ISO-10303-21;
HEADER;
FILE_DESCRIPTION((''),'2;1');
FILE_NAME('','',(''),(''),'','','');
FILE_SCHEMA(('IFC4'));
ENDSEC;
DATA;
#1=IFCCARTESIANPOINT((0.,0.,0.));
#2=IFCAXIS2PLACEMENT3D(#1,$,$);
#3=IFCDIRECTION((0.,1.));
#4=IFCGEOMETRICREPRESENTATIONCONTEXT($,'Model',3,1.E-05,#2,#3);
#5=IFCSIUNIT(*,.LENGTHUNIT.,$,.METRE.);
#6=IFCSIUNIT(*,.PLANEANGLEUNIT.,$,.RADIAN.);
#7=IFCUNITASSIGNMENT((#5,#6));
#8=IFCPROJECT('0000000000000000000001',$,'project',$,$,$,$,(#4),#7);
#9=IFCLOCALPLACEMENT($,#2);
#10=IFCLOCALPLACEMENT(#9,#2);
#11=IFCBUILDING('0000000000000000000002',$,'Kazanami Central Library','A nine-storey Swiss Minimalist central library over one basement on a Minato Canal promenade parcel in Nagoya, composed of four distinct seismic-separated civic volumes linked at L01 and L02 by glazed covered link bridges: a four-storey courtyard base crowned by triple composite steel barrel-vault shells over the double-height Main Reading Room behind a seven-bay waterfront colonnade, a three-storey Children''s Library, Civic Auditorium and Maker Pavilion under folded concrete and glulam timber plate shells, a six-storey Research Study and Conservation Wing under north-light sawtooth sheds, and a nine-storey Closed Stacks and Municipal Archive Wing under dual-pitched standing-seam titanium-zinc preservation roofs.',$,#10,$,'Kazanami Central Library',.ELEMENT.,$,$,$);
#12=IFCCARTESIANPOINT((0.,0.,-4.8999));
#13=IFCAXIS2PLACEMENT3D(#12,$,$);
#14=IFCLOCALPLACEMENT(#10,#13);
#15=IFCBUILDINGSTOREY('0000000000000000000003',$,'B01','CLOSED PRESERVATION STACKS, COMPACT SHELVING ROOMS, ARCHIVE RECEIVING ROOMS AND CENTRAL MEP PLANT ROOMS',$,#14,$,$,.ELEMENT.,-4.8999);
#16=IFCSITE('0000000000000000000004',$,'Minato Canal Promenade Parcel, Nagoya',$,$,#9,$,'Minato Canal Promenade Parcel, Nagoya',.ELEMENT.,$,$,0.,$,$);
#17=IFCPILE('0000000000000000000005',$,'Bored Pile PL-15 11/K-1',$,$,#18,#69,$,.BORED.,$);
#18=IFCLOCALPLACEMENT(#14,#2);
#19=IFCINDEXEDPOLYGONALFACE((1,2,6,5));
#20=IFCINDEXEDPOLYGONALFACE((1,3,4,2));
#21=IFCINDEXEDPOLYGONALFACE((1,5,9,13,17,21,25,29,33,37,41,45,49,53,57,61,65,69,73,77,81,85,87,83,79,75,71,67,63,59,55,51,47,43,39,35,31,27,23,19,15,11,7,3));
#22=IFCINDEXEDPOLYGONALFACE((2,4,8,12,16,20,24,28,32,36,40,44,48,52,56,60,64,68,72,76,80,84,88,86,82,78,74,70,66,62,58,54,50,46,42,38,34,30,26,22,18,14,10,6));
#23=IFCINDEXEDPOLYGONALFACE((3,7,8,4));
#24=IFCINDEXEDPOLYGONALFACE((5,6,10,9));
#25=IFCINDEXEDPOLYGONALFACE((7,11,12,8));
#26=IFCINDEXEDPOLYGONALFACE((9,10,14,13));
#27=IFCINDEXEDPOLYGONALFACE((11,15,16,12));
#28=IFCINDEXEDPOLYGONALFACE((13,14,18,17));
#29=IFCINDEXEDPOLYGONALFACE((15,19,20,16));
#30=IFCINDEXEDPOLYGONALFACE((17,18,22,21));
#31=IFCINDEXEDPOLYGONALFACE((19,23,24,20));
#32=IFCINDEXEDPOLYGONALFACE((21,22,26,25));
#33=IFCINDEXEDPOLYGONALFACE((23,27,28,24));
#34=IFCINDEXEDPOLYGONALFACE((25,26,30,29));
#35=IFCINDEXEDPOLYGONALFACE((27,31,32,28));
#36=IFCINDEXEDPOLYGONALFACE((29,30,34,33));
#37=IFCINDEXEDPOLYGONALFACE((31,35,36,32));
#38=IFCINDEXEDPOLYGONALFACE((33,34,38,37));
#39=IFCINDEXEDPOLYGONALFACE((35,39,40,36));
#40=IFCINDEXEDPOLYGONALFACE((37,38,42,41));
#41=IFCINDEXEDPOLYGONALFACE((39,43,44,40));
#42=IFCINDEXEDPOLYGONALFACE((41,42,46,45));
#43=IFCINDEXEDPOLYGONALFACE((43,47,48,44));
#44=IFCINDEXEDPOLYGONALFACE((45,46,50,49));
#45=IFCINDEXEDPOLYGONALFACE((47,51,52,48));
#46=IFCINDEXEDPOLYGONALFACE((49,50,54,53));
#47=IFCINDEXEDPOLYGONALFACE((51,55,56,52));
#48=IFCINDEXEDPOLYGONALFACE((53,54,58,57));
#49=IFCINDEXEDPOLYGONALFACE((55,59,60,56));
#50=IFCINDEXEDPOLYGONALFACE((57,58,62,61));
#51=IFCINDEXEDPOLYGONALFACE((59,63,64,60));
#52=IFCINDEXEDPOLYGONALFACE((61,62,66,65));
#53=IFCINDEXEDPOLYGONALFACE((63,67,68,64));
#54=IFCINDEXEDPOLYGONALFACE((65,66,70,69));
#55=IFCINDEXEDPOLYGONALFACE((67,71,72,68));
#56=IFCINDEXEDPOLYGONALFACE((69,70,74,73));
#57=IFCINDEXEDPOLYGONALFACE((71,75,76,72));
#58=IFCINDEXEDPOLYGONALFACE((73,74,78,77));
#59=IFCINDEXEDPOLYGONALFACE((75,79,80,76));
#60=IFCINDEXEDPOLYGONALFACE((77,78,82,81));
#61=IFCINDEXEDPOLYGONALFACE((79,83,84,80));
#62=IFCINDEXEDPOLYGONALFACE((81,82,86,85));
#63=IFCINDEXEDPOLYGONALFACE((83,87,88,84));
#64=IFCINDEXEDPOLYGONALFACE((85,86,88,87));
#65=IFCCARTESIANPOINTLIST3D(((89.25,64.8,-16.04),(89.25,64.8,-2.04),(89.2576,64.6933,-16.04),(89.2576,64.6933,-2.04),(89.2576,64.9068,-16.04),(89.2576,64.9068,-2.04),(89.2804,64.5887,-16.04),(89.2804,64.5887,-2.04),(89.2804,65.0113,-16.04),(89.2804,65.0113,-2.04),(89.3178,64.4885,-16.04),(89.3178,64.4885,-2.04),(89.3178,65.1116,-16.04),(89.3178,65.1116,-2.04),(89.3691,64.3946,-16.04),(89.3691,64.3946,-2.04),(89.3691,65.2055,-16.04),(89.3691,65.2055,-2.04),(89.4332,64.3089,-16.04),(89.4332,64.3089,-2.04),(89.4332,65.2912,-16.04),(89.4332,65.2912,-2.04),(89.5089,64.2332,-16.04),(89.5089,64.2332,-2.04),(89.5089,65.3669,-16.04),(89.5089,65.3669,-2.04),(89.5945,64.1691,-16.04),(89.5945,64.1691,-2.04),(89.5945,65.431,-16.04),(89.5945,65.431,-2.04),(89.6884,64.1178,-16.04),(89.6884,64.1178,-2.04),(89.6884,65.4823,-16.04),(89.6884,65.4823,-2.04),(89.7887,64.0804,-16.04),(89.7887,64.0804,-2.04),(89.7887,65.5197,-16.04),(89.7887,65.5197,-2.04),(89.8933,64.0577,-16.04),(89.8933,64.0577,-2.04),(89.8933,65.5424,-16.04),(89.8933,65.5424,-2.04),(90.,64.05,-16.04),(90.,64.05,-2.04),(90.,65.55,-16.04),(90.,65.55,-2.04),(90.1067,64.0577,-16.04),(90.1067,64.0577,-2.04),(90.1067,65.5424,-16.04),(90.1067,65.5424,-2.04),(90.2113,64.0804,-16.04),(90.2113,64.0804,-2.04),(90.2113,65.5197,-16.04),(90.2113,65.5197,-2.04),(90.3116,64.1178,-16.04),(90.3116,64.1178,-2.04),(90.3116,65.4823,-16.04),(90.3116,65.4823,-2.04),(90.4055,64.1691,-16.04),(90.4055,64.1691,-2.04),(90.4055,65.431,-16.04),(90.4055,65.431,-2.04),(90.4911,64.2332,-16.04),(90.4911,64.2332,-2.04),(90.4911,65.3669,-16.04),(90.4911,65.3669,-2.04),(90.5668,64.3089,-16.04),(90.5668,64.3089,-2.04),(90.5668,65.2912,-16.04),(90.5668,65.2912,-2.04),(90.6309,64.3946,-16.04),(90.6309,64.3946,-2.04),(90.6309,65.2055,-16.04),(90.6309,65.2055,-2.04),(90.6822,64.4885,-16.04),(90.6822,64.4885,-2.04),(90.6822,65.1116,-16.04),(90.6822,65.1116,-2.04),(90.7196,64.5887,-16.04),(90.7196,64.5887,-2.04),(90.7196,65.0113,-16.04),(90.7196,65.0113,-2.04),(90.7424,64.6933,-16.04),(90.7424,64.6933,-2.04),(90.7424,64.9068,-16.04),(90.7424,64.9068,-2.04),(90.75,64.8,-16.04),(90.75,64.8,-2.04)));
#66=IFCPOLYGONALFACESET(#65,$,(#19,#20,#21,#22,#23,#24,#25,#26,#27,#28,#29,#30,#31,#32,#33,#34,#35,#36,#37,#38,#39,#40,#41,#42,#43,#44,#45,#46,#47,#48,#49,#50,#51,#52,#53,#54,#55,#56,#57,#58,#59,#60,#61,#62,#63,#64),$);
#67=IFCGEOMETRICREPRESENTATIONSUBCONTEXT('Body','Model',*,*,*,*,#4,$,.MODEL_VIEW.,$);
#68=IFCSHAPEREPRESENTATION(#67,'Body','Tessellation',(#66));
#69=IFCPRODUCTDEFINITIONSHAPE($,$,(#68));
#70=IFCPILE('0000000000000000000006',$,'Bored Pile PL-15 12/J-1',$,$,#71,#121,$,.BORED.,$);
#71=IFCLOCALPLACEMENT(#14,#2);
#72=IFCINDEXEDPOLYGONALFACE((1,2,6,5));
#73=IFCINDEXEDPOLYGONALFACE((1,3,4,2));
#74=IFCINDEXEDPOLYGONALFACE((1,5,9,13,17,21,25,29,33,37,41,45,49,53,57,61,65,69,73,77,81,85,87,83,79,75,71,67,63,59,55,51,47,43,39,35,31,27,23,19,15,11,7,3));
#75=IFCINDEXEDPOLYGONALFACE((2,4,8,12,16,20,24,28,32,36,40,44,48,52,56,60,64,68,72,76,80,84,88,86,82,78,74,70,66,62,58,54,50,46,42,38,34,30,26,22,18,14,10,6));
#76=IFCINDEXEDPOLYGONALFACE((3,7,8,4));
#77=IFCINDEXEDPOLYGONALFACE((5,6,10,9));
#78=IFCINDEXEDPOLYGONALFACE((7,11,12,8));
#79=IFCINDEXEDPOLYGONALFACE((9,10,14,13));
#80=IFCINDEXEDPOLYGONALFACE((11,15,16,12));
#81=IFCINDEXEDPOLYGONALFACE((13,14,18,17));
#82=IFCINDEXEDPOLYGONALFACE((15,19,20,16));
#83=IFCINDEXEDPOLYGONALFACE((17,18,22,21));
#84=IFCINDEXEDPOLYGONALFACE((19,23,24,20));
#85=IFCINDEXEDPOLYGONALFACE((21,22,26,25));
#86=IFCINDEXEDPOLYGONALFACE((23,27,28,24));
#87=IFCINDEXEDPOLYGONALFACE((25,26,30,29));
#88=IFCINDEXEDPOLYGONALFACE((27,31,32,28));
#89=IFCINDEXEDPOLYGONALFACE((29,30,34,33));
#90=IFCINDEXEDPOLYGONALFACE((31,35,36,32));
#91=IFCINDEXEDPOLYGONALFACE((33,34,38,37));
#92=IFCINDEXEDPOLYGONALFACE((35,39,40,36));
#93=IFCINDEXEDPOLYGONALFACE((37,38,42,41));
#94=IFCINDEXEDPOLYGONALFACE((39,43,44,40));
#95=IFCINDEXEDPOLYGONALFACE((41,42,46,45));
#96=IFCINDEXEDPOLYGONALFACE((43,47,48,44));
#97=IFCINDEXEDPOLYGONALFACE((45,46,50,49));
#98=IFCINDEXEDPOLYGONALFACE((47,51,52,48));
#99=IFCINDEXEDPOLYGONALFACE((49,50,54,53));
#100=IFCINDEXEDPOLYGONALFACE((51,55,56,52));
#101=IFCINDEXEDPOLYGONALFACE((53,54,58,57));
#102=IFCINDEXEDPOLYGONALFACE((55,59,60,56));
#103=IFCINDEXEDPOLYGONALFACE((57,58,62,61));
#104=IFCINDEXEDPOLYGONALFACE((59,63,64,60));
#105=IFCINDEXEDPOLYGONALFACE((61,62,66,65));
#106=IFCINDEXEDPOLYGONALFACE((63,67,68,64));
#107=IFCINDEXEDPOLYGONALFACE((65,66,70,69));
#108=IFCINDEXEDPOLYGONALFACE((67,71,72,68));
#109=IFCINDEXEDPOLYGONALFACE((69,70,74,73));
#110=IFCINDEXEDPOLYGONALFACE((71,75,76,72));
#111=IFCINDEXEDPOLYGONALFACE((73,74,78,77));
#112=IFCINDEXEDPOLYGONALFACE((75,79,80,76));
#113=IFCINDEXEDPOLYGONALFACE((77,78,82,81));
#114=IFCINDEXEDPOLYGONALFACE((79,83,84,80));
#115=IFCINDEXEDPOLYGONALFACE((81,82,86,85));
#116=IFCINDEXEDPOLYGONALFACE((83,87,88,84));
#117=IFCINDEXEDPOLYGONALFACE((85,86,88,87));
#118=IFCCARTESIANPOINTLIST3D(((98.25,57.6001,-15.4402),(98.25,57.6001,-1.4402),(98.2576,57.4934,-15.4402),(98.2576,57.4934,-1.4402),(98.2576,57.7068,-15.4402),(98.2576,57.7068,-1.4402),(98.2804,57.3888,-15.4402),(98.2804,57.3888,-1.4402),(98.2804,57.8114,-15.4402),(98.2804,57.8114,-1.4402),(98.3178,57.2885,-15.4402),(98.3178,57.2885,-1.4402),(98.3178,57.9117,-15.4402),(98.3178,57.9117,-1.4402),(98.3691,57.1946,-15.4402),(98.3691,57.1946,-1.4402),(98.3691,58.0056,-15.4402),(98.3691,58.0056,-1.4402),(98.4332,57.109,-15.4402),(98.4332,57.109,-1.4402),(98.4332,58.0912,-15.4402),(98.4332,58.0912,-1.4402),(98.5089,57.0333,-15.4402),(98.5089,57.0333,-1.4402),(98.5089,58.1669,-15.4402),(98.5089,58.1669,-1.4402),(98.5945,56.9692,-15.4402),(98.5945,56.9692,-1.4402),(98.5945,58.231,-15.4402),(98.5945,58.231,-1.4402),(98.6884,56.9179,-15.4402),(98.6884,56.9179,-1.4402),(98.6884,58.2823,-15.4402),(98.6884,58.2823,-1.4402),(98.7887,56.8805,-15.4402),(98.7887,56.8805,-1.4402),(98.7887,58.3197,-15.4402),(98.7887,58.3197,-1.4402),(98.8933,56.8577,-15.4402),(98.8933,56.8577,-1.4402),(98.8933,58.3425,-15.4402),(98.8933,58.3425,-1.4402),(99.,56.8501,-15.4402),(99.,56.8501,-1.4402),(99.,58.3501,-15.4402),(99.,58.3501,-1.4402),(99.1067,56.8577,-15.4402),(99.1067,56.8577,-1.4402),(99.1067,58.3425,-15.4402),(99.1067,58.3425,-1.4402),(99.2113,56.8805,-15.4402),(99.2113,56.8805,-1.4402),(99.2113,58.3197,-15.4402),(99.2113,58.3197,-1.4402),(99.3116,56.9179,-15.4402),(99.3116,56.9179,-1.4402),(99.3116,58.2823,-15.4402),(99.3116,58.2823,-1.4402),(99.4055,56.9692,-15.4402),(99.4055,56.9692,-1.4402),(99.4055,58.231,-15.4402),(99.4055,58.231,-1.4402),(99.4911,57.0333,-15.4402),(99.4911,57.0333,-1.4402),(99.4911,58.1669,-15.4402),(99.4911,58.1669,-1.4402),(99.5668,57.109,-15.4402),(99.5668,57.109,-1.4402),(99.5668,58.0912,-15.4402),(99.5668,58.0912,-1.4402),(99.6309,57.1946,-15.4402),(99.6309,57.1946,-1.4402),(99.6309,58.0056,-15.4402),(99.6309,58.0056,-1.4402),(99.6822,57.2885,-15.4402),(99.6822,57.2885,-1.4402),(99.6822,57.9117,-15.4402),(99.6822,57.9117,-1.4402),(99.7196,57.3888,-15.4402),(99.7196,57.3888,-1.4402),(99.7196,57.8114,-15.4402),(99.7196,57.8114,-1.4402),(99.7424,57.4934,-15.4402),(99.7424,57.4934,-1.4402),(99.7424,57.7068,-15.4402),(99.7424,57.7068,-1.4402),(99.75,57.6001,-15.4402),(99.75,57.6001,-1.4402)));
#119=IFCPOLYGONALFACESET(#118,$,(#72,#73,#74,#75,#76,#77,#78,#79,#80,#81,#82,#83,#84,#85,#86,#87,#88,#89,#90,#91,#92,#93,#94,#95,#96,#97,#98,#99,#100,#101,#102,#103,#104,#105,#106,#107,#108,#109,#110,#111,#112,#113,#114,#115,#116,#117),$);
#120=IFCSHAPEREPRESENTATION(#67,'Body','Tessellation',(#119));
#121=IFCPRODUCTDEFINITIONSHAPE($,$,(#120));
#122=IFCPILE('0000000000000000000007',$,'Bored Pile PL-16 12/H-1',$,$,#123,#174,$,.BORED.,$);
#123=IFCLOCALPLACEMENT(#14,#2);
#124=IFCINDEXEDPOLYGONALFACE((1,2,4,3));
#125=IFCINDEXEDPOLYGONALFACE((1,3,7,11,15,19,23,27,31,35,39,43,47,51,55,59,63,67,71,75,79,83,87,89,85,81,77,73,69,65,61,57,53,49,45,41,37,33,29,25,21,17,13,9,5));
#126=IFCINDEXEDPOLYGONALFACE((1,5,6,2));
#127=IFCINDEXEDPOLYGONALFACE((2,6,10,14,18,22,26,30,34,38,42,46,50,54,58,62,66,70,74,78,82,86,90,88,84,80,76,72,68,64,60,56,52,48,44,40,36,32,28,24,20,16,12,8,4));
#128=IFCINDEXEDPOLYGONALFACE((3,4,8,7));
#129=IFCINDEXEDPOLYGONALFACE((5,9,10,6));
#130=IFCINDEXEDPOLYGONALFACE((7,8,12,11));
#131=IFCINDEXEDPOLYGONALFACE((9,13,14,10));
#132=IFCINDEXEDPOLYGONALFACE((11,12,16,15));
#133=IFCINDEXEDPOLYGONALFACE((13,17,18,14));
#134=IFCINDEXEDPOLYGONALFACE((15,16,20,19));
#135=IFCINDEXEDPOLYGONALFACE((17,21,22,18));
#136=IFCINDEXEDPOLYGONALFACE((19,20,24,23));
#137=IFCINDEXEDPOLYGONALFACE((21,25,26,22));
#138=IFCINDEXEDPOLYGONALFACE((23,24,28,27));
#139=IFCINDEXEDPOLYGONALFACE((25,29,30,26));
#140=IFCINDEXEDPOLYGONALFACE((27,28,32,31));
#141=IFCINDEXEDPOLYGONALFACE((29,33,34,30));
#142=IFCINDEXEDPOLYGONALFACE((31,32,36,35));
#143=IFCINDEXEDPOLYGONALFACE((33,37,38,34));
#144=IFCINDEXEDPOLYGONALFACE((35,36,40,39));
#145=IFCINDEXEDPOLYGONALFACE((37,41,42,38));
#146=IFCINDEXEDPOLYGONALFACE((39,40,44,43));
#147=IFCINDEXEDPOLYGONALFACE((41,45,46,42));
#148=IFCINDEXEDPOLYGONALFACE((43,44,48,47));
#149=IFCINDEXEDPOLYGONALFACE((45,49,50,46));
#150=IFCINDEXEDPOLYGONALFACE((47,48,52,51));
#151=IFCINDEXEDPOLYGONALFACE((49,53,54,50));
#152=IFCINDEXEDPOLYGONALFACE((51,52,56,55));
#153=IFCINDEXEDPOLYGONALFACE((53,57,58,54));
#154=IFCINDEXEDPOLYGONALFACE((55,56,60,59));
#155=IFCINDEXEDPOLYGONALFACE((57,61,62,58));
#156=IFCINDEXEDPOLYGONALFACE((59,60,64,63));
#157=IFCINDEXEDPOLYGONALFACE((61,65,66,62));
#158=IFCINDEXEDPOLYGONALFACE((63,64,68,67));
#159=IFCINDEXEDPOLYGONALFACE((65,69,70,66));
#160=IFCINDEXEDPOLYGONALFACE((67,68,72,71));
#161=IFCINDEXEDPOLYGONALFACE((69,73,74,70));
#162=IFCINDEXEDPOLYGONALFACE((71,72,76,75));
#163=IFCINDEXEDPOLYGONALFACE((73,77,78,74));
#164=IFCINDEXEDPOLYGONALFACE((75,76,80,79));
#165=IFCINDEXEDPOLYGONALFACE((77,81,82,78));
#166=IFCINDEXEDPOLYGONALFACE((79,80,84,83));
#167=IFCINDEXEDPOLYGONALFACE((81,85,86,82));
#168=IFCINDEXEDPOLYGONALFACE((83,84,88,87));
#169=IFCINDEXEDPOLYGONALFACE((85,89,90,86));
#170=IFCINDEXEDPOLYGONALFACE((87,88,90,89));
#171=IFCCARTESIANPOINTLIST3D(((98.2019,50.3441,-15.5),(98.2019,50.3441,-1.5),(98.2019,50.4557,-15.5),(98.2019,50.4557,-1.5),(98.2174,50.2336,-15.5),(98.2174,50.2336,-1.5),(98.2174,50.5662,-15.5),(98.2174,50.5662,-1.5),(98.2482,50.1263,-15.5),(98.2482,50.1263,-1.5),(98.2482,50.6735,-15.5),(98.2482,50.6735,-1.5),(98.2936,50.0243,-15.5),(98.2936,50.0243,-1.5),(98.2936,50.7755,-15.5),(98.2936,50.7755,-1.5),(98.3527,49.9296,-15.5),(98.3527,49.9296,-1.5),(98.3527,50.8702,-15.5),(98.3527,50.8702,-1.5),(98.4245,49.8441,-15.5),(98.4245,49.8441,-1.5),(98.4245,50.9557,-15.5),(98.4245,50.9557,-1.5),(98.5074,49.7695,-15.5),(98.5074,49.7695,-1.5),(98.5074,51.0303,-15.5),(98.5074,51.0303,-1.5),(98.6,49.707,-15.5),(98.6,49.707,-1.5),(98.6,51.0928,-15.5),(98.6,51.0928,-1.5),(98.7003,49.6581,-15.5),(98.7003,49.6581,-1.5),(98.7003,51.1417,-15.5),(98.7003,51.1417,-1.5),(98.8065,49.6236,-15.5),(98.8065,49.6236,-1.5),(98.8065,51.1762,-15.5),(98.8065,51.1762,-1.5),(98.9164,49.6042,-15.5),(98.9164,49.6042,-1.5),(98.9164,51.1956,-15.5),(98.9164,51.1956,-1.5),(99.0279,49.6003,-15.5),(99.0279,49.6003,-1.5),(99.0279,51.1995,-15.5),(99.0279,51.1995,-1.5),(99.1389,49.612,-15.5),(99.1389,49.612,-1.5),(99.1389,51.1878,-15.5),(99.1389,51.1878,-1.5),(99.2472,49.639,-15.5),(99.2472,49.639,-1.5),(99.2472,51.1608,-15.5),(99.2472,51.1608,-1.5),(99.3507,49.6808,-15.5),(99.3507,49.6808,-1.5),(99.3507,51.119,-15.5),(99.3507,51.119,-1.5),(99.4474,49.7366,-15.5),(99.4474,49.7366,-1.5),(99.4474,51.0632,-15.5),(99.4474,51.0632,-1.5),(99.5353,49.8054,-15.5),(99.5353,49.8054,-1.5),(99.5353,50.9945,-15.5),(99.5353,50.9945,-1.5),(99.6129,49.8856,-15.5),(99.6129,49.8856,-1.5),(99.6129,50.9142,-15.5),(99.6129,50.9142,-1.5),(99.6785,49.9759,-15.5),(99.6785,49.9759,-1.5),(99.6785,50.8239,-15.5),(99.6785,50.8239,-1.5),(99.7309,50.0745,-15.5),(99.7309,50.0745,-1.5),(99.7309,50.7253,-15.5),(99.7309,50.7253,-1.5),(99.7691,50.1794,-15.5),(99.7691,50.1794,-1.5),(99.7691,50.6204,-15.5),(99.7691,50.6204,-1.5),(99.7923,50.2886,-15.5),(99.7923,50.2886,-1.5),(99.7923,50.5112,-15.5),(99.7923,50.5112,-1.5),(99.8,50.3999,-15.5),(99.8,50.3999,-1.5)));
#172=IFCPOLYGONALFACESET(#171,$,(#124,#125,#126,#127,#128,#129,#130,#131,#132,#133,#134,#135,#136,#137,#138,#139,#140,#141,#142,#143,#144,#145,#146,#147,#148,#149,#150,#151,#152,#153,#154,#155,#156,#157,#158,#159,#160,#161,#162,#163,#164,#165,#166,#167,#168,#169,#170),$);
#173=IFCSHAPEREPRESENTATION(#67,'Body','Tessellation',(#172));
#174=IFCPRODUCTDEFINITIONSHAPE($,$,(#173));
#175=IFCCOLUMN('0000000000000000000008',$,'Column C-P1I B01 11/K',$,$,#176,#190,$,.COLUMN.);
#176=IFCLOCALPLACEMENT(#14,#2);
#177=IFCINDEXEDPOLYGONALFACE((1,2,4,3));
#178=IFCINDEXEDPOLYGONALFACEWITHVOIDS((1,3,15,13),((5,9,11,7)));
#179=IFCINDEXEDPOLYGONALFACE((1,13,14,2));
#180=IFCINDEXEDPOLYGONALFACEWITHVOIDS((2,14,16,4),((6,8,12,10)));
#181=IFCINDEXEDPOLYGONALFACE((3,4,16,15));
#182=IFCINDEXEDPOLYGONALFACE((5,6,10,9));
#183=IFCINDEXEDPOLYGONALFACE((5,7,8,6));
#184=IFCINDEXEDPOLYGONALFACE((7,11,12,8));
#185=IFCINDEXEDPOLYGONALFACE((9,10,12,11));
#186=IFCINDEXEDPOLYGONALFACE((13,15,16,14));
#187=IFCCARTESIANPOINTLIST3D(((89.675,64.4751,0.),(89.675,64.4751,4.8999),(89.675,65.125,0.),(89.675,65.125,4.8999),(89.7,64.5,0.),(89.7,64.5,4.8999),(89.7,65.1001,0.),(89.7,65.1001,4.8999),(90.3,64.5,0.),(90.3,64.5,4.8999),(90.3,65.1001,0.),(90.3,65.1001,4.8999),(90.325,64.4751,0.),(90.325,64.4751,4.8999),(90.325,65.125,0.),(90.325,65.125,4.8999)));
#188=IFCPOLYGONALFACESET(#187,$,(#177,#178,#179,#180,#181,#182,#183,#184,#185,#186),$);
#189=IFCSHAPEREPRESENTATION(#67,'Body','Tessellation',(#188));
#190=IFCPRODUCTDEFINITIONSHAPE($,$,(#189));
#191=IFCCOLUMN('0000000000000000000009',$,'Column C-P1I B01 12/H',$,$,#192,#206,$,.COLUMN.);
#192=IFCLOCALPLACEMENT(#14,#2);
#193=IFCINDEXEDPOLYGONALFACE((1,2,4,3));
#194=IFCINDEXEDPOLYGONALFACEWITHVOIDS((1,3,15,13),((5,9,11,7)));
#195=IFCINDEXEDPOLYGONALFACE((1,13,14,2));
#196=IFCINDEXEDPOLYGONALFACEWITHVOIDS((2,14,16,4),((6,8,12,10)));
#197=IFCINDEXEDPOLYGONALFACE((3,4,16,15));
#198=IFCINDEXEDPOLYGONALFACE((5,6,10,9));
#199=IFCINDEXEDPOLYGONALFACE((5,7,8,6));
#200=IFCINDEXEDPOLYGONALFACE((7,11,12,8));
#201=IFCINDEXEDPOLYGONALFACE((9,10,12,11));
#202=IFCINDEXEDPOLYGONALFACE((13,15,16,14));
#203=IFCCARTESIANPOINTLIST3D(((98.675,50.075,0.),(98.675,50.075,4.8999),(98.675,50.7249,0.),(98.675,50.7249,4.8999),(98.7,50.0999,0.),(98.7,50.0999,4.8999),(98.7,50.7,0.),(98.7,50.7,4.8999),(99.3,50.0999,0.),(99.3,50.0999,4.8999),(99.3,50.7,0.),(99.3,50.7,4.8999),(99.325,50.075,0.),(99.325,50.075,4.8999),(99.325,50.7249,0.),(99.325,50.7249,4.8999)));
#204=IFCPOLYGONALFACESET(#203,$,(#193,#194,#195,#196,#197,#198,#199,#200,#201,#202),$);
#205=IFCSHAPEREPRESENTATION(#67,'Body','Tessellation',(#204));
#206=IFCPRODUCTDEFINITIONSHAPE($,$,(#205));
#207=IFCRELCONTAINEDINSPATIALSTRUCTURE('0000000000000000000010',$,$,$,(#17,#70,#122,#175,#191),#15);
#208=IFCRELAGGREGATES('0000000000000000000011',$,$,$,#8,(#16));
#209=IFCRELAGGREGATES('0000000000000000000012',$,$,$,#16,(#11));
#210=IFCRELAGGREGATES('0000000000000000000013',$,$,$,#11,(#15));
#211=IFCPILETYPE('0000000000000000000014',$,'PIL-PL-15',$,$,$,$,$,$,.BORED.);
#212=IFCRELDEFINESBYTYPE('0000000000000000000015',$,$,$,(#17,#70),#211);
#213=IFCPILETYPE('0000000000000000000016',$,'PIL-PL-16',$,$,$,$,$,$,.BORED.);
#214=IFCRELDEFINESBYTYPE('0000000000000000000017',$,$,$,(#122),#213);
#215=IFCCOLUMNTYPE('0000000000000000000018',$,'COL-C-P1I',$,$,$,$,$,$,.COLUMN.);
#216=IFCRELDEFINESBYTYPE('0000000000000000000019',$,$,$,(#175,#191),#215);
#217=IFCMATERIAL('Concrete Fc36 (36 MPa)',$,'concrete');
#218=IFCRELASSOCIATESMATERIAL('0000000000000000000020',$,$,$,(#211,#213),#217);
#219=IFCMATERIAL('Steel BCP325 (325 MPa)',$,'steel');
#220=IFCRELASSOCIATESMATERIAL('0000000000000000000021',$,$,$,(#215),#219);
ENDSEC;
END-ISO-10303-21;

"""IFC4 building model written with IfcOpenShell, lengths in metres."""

from ifc_helpers import new_model, si_unit, direction, frame, origin, origin_2d, place, context, subcontext, project, spatial, hollow_rectangle, circle, extrude, material, material_profile, profile_set, type_object, element, save


model = new_model("IFC4")

# Units and contexts
model_context = context("Model", 3, precision=1e-05, world=origin(), true_north=direction((0.0, 1.0)))
body_context = subcontext(model_context, "Body", "Model", "MODEL_VIEW")
ifc_project = project(units=[si_unit("LENGTHUNIT", "METRE"), si_unit("PLANEANGLEUNIT", "RADIAN")], contexts=[model_context])

# Site, building, storey
site_placement = place(None, origin())
site = spatial("IfcSite", under=ifc_project, at=site_placement, Name="Minato Canal Promenade Parcel, Nagoya", LongName="Minato Canal Promenade Parcel, Nagoya", CompositionType="ELEMENT", RefElevation=0.0)
building_placement = place(site_placement, origin())
building = spatial("IfcBuilding", under=site, at=building_placement, Name="Kazanami Central Library", Description="A nine-storey Swiss Minimalist central library over one basement on a Minato Canal promenade parcel in Nagoya, composed of four distinct seismic-separated civic volumes linked at L01 and L02 by glazed covered link bridges: a four-storey courtyard base crowned by triple composite steel barrel-vault shells over the double-height Main Reading Room behind a seven-bay waterfront colonnade, a three-storey Children's Library, Civic Auditorium and Maker Pavilion under folded concrete and glulam timber plate shells, a six-storey Research Study and Conservation Wing under north-light sawtooth sheds, and a nine-storey Closed Stacks and Municipal Archive Wing under dual-pitched standing-seam titanium-zinc preservation roofs.", LongName="Kazanami Central Library", CompositionType="ELEMENT")
storey_placement = place(building_placement, frame((0.0, 0.0, -4.8999)))
storey = spatial("IfcBuildingStorey", under=building, at=storey_placement, Name="B01", Description="CLOSED PRESERVATION STACKS, COMPACT SHELVING ROOMS, ARCHIVE RECEIVING ROOMS AND CENTRAL MEP PLANT ROOMS", CompositionType="ELEMENT", Elevation=-4.8999)

# Shared definitions
ifc_material_1 = material(Name="Concrete Fc36 (36 MPa)", Category="concrete")

# Piles
ifc_material_profile_1 = material_profile(ifc_material_1, circle(Radius=0.75, at=origin_2d()), Name="BORED-D1500")
ifc_profile_set_1 = profile_set([ifc_material_profile_1], Name="Concrete Fc36 (36 MPa)")
pile_type_1 = type_object("IfcPileType", Name="PIL-PL-15", PredefinedType="BORED", material=ifc_profile_set_1)
for number, where, z_axis, x_axis, name in (
    (1, (90.0, 64.8, -2.04), (0.0, 0.0, -1.0), (1.0, 0.0, 0.0), "Bored Pile PL-15 11/K-1"),
    (2, (99.0, 57.6001, -1.4402), (0.0, 0.0, -1.0), (1.0, 0.0, 0.0), "Bored Pile PL-15 12/J-1"),
):
    element("IfcPile", number, at=place(storey_placement, frame(where, z_axis=z_axis, x_axis=x_axis)), inside=storey, type_object=pile_type_1, Name=name, PredefinedType="BORED", context=body_context, shape_type="SweptSolid", body=[
        extrude(circle(Radius=0.75, at=origin_2d()), origin(), (0.0, 0.0, 1.0), 14.0),
    ])
ifc_material_profile_2 = material_profile(ifc_material_1, circle(Radius=0.8, at=origin_2d()), Name="BORED-D1600")
ifc_profile_set_2 = profile_set([ifc_material_profile_2], Name="Concrete Fc36 (36 MPa)")
pile_type_2 = type_object("IfcPileType", Name="PIL-PL-16", PredefinedType="BORED", material=ifc_profile_set_2)
pile_1_placement = place(storey_placement, frame((99.0, 50.3999, -1.5), z_axis=(0.0, 0.0, -1.0), x_axis=(1.0, 0.0, 0.0)))
element("IfcPile", 3, at=pile_1_placement, inside=storey, type_object=pile_type_2, Name="Bored Pile PL-16 12/H-1", PredefinedType="BORED", context=body_context, shape_type="SweptSolid", body=[
    extrude(circle(Radius=0.8, at=origin_2d()), origin(), (0.0, 0.0, 1.0), 14.0),
])

# Columns
ifc_material_2 = material(Name="Steel BCP325 (325 MPa)", Category="steel")
ifc_material_profile_3 = material_profile(ifc_material_2, hollow_rectangle(XDim=0.6499, YDim=0.6499, WallThickness=0.0249, at=origin_2d()), Name="BCP-650x650x25")
ifc_profile_set_3 = profile_set([ifc_material_profile_3], Name="Steel BCP325 (325 MPa)")
column_type = type_object("IfcColumnType", Name="COL-C-P1I", PredefinedType="COLUMN", material=ifc_profile_set_3)
for number, where, z_axis, x_axis, name in (
    (4, (90.0, 64.8, 0.0), (0.0, 0.0, 1.0), (1.0, 0.0, 0.0), "Column C-P1I B01 11/K"),
    (5, (99.0, 50.3999, 0.0), (0.0, 0.0, 1.0), (1.0, 0.0, 0.0), "Column C-P1I B01 12/H"),
):
    element("IfcColumn", number, at=place(storey_placement, frame(where, z_axis=z_axis, x_axis=x_axis)), inside=storey, type_object=column_type, Name=name, PredefinedType="COLUMN", context=body_context, shape_type="SweptSolid", body=[
        extrude(hollow_rectangle(XDim=0.6499, YDim=0.6499, WallThickness=0.0249, at=origin_2d()), origin(), (0.0, 0.0, 1.0), 4.8999),
    ])

save(model, "model.ifc")
